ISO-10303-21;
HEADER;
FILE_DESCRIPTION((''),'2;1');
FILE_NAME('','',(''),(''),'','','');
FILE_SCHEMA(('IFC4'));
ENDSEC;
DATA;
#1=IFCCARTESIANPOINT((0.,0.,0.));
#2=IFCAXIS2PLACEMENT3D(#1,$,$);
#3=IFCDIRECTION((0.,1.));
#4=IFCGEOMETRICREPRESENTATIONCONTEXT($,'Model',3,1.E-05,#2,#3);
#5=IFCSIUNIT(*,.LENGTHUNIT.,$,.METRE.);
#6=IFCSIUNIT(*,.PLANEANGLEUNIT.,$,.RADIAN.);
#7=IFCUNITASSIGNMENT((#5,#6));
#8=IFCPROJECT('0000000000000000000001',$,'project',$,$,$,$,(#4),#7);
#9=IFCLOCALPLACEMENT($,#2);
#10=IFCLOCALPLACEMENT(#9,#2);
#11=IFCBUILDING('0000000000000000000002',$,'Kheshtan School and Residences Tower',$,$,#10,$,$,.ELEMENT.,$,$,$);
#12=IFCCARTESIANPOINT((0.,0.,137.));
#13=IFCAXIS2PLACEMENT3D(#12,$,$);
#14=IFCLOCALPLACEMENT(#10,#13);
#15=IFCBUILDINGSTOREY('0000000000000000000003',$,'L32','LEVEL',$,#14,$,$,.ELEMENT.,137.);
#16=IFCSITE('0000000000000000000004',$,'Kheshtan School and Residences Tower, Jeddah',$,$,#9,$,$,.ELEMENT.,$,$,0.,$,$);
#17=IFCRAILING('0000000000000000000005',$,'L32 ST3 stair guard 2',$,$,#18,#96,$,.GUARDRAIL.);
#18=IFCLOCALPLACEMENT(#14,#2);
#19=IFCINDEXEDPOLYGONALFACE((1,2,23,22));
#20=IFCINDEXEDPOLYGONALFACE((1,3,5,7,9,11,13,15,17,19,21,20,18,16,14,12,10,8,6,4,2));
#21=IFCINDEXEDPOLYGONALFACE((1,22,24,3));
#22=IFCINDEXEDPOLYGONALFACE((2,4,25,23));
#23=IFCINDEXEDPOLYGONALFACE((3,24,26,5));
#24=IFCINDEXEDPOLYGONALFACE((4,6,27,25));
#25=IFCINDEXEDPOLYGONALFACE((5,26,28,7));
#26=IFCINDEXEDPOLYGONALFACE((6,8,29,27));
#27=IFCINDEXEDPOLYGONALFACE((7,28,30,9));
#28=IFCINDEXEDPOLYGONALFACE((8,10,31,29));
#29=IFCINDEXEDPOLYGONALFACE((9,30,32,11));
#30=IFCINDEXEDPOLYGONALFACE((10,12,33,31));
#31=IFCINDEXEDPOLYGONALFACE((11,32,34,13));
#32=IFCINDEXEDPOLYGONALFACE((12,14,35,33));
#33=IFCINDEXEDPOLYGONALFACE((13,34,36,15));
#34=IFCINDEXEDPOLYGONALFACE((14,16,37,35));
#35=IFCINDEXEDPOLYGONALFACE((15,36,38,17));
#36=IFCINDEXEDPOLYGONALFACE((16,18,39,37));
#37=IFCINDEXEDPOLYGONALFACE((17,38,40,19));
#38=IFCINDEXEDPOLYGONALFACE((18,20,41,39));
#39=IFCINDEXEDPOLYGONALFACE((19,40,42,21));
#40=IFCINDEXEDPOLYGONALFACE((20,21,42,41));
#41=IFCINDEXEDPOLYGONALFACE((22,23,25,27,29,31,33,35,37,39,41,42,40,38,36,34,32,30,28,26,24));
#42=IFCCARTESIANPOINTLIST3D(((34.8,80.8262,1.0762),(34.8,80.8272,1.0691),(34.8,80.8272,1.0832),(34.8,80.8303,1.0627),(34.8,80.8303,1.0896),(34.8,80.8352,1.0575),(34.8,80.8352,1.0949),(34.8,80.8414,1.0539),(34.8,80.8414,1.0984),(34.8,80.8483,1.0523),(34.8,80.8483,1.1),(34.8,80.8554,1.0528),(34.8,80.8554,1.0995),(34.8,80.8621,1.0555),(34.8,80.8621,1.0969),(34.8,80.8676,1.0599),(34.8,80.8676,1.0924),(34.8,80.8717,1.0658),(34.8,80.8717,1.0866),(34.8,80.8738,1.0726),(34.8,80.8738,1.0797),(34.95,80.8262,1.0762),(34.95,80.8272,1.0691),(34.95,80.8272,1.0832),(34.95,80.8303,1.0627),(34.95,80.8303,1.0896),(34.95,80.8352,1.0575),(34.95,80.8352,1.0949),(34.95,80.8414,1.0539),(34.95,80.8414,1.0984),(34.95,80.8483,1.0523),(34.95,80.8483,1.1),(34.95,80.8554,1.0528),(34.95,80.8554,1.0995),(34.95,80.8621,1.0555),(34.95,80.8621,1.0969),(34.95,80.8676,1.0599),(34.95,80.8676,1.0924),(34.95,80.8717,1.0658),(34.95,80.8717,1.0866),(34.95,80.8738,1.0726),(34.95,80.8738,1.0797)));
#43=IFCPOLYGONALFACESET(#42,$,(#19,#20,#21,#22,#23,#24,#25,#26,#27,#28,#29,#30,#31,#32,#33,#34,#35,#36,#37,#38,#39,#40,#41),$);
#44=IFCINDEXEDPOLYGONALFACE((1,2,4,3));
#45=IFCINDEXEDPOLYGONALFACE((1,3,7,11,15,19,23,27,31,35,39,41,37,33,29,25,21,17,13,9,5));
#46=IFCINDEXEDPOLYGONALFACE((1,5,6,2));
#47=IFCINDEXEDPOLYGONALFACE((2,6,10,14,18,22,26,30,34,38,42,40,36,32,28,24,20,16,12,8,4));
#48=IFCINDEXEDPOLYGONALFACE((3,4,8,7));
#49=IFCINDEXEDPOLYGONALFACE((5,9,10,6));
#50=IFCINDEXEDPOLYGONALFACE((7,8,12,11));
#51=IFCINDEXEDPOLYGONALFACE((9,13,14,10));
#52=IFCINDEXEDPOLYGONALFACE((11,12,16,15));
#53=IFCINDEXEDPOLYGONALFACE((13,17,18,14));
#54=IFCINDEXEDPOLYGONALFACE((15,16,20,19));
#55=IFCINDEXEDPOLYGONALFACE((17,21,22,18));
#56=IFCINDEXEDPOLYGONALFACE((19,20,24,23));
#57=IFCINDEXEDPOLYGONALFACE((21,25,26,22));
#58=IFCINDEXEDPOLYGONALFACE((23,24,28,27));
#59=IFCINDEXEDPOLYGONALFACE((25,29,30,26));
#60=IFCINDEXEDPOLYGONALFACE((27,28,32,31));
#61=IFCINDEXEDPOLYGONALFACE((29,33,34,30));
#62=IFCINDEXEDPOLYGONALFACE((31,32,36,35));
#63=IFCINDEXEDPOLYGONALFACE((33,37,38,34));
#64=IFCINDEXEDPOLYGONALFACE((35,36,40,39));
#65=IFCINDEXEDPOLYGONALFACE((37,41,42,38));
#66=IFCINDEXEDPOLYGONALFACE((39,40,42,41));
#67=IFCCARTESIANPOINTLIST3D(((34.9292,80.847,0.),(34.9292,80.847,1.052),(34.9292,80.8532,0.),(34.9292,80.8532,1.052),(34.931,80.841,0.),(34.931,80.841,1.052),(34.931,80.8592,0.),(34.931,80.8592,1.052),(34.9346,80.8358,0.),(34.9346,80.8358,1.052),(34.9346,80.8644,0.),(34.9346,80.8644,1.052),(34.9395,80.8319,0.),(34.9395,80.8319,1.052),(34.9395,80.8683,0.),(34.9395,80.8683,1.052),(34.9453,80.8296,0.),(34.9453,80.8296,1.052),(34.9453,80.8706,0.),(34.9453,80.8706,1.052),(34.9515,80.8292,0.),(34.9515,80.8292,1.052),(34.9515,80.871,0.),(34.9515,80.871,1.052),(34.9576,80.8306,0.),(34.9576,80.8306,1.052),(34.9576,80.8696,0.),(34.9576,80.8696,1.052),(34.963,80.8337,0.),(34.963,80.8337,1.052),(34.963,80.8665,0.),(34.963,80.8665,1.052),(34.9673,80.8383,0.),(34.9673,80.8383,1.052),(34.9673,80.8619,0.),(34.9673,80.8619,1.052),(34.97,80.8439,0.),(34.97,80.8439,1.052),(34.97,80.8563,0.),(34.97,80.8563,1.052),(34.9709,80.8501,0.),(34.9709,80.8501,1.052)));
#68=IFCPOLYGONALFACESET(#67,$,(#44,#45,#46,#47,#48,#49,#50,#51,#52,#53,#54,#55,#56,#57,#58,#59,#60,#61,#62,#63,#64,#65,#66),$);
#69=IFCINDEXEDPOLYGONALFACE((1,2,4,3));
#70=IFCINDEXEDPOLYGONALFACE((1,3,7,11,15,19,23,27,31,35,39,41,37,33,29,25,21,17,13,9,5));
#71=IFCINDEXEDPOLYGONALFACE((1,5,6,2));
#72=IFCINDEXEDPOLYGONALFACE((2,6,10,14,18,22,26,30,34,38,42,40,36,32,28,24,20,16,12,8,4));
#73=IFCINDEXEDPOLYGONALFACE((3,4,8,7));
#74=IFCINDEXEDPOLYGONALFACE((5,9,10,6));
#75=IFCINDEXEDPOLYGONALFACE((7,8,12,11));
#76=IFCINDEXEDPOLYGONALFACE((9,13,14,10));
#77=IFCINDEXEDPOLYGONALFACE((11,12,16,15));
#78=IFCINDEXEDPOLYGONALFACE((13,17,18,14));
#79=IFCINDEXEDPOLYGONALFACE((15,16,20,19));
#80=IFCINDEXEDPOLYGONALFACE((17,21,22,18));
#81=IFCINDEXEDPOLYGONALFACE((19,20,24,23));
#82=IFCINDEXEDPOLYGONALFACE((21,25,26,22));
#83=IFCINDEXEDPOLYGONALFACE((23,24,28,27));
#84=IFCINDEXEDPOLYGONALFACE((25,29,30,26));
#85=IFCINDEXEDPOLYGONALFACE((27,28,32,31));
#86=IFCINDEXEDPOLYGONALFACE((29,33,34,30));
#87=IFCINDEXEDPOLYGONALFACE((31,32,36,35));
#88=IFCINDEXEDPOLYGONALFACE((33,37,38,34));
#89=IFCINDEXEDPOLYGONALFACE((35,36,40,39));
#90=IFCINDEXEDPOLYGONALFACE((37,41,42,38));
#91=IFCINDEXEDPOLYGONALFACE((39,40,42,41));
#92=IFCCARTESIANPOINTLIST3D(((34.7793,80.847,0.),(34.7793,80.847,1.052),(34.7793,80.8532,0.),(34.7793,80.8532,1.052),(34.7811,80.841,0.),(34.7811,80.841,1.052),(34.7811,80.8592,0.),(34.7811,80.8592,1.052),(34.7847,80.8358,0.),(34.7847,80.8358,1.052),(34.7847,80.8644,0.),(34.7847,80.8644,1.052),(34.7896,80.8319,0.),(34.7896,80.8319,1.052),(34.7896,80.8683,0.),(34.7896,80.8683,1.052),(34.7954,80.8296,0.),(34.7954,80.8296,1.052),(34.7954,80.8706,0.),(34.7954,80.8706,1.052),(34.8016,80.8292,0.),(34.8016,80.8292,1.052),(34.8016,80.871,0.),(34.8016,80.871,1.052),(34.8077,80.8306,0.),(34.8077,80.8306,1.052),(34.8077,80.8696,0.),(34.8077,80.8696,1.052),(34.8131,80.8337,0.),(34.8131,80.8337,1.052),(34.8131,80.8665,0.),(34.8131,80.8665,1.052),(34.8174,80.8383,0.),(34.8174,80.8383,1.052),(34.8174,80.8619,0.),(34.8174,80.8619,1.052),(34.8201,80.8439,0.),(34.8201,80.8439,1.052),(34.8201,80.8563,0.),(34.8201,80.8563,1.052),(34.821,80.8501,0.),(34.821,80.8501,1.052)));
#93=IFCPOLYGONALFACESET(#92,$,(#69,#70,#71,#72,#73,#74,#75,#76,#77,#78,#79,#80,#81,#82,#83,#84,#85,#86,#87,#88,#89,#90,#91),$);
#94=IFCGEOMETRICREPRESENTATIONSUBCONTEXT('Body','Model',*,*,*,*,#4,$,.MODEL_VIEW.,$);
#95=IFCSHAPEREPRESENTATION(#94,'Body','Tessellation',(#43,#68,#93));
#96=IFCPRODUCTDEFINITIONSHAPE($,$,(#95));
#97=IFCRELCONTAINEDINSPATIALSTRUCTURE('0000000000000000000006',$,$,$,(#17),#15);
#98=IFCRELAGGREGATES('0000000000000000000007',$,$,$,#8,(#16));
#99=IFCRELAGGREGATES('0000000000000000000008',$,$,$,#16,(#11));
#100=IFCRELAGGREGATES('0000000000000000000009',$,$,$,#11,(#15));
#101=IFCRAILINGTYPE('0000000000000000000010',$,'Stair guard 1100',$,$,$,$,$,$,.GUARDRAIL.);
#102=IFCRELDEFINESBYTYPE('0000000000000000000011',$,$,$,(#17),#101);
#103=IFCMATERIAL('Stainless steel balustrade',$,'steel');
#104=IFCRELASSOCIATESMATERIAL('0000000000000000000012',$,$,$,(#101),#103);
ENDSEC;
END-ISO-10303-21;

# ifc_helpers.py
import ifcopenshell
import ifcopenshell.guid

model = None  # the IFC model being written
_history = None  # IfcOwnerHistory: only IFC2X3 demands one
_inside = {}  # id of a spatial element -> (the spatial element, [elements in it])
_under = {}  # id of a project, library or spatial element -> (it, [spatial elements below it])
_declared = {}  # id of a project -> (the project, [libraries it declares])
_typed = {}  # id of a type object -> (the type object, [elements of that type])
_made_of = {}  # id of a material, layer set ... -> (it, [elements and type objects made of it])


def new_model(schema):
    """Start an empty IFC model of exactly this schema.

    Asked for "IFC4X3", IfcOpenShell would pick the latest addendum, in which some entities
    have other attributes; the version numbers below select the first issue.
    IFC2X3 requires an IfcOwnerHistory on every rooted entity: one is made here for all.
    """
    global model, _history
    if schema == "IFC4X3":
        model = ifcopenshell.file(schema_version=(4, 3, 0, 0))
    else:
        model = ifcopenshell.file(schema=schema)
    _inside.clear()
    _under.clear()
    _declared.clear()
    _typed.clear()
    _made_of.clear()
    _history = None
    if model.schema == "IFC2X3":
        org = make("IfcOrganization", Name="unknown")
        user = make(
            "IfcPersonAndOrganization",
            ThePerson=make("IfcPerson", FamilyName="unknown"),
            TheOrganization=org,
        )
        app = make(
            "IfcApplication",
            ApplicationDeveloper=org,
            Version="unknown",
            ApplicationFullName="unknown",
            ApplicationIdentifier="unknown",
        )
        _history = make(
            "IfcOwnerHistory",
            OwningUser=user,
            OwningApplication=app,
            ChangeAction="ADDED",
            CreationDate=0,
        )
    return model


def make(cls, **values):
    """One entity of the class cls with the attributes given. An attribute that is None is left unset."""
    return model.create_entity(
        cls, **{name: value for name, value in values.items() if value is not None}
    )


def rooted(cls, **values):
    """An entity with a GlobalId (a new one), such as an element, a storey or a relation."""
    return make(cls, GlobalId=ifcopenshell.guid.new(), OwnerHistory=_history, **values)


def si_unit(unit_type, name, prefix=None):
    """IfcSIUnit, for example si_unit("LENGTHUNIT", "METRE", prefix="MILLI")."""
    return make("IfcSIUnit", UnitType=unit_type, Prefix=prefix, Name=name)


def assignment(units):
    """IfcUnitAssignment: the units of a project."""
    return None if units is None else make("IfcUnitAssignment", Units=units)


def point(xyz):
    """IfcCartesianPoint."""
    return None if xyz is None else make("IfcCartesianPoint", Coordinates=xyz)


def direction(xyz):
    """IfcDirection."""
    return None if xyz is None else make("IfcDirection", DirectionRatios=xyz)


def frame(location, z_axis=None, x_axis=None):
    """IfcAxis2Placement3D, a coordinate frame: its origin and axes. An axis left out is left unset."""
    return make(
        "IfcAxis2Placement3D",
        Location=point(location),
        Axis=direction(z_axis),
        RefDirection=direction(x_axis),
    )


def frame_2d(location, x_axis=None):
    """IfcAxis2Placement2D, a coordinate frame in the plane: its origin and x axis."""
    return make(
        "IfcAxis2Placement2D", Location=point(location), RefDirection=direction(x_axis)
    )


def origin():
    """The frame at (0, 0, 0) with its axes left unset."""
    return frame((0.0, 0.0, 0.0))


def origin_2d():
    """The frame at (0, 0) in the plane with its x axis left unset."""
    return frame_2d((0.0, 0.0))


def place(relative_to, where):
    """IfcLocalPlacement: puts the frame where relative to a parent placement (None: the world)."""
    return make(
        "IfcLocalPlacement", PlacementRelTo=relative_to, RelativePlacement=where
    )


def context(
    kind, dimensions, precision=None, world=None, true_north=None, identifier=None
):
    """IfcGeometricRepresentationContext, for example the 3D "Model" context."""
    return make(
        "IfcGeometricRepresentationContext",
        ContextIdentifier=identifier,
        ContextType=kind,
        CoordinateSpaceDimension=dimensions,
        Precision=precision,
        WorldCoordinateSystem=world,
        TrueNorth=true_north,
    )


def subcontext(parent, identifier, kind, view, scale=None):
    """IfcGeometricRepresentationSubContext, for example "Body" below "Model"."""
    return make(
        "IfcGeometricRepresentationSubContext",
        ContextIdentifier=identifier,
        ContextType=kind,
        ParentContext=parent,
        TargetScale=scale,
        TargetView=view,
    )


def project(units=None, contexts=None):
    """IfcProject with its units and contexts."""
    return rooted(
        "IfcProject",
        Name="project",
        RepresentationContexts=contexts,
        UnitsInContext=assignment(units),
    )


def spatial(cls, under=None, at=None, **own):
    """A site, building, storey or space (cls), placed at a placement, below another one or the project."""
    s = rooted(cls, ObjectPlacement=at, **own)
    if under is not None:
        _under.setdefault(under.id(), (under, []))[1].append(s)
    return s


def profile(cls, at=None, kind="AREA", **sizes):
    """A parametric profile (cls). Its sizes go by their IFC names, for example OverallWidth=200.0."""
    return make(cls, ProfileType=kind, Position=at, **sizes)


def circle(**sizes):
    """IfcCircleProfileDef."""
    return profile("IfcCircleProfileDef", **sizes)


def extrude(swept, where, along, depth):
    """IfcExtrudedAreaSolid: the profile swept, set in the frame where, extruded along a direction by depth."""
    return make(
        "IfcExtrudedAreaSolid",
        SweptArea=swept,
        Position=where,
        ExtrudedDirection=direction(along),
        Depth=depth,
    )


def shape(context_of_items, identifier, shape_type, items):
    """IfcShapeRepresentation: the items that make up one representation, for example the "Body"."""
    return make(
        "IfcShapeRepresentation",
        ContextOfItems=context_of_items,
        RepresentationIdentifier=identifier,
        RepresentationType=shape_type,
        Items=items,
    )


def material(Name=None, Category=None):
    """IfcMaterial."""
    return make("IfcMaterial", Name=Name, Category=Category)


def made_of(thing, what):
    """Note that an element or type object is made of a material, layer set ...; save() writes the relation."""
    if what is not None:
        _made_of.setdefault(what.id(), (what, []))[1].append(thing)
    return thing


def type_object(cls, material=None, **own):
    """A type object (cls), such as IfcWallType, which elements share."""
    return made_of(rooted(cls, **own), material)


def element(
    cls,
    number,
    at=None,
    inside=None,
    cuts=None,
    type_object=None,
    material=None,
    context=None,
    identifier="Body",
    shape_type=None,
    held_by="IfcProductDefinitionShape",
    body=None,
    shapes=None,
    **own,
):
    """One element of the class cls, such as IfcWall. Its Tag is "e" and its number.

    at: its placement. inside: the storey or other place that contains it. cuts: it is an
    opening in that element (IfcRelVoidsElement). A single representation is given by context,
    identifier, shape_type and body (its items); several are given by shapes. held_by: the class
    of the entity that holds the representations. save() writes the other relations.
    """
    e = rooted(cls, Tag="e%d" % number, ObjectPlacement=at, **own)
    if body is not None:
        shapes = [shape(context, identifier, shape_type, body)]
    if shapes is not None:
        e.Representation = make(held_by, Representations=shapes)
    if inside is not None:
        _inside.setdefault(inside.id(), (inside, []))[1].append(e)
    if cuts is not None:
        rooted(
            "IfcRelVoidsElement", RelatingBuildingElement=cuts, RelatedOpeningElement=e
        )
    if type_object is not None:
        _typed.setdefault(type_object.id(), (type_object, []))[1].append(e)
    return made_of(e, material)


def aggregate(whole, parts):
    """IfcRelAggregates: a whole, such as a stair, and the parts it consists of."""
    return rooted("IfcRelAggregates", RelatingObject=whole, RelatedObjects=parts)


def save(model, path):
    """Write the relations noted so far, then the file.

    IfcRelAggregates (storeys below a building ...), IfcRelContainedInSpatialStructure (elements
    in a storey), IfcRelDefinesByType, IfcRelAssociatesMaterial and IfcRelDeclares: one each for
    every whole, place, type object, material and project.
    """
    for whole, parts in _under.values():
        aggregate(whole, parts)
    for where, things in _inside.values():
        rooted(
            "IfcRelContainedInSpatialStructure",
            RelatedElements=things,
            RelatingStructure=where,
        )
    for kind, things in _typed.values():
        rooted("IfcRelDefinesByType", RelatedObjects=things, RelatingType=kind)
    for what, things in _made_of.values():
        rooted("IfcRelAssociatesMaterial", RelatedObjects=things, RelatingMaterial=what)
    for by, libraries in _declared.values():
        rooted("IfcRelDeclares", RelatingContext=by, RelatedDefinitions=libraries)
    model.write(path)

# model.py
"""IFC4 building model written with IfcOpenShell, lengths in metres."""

from ifc_helpers import new_model, si_unit, direction, frame, origin, origin_2d, place, context, subcontext, project, spatial, circle, extrude, material, type_object, element, save


model = new_model("IFC4")

# Units and contexts
model_context = context("Model", 3, precision=1e-05, world=origin(), true_north=direction((0.0, 1.0)))
body_context = subcontext(model_context, "Body", "Model", "MODEL_VIEW")
ifc_project = project(units=[si_unit("LENGTHUNIT", "METRE"), si_unit("PLANEANGLEUNIT", "RADIAN")], contexts=[model_context])

# Site, building, storey
site_placement = place(None, origin())
site = spatial("IfcSite", under=ifc_project, at=site_placement, Name="Kheshtan School and Residences Tower, Jeddah", CompositionType="ELEMENT", RefElevation=0.0)
building_placement = place(site_placement, origin())
building = spatial("IfcBuilding", under=site, at=building_placement, Name="Kheshtan School and Residences Tower", CompositionType="ELEMENT")
storey_placement = place(building_placement, frame((0.0, 0.0, 137.0)))
storey = spatial("IfcBuildingStorey", under=building, at=storey_placement, Name="L32", Description="LEVEL", CompositionType="ELEMENT", Elevation=137.0)

# Railing
ifc_material_1 = material(Name="Stainless steel balustrade", Category="steel")
railing_type_1 = type_object("IfcRailingType", Name="Stair guard 1100", PredefinedType="GUARDRAIL", material=ifc_material_1)
railing_1_placement = place(storey_placement, frame((34.95, 80.8501, 0.0)))
element("IfcRailing", 1, at=railing_1_placement, inside=storey, type_object=railing_type_1, Name="L32 ST3 stair guard 2", PredefinedType="GUARDRAIL", context=body_context, shape_type="SweptSolid", body=[
    extrude(circle(Radius=0.0239, at=origin_2d()), frame((0.0, 0.0, 1.0762), z_axis=(-1.0, 0.0, 0.0), x_axis=(0.0, -1.0, 0.0)), (0.0, 0.0, 1.0), 0.1499),
    extrude(circle(Radius=0.021, at=origin_2d()), origin(), (0.0, 0.0, 1.0), 1.052),
    extrude(circle(Radius=0.021, at=origin_2d()), frame((-0.1499, 0.0, 0.0)), (0.0, 0.0, 1.0), 1.052),
])

save(model, "model.ifc")
